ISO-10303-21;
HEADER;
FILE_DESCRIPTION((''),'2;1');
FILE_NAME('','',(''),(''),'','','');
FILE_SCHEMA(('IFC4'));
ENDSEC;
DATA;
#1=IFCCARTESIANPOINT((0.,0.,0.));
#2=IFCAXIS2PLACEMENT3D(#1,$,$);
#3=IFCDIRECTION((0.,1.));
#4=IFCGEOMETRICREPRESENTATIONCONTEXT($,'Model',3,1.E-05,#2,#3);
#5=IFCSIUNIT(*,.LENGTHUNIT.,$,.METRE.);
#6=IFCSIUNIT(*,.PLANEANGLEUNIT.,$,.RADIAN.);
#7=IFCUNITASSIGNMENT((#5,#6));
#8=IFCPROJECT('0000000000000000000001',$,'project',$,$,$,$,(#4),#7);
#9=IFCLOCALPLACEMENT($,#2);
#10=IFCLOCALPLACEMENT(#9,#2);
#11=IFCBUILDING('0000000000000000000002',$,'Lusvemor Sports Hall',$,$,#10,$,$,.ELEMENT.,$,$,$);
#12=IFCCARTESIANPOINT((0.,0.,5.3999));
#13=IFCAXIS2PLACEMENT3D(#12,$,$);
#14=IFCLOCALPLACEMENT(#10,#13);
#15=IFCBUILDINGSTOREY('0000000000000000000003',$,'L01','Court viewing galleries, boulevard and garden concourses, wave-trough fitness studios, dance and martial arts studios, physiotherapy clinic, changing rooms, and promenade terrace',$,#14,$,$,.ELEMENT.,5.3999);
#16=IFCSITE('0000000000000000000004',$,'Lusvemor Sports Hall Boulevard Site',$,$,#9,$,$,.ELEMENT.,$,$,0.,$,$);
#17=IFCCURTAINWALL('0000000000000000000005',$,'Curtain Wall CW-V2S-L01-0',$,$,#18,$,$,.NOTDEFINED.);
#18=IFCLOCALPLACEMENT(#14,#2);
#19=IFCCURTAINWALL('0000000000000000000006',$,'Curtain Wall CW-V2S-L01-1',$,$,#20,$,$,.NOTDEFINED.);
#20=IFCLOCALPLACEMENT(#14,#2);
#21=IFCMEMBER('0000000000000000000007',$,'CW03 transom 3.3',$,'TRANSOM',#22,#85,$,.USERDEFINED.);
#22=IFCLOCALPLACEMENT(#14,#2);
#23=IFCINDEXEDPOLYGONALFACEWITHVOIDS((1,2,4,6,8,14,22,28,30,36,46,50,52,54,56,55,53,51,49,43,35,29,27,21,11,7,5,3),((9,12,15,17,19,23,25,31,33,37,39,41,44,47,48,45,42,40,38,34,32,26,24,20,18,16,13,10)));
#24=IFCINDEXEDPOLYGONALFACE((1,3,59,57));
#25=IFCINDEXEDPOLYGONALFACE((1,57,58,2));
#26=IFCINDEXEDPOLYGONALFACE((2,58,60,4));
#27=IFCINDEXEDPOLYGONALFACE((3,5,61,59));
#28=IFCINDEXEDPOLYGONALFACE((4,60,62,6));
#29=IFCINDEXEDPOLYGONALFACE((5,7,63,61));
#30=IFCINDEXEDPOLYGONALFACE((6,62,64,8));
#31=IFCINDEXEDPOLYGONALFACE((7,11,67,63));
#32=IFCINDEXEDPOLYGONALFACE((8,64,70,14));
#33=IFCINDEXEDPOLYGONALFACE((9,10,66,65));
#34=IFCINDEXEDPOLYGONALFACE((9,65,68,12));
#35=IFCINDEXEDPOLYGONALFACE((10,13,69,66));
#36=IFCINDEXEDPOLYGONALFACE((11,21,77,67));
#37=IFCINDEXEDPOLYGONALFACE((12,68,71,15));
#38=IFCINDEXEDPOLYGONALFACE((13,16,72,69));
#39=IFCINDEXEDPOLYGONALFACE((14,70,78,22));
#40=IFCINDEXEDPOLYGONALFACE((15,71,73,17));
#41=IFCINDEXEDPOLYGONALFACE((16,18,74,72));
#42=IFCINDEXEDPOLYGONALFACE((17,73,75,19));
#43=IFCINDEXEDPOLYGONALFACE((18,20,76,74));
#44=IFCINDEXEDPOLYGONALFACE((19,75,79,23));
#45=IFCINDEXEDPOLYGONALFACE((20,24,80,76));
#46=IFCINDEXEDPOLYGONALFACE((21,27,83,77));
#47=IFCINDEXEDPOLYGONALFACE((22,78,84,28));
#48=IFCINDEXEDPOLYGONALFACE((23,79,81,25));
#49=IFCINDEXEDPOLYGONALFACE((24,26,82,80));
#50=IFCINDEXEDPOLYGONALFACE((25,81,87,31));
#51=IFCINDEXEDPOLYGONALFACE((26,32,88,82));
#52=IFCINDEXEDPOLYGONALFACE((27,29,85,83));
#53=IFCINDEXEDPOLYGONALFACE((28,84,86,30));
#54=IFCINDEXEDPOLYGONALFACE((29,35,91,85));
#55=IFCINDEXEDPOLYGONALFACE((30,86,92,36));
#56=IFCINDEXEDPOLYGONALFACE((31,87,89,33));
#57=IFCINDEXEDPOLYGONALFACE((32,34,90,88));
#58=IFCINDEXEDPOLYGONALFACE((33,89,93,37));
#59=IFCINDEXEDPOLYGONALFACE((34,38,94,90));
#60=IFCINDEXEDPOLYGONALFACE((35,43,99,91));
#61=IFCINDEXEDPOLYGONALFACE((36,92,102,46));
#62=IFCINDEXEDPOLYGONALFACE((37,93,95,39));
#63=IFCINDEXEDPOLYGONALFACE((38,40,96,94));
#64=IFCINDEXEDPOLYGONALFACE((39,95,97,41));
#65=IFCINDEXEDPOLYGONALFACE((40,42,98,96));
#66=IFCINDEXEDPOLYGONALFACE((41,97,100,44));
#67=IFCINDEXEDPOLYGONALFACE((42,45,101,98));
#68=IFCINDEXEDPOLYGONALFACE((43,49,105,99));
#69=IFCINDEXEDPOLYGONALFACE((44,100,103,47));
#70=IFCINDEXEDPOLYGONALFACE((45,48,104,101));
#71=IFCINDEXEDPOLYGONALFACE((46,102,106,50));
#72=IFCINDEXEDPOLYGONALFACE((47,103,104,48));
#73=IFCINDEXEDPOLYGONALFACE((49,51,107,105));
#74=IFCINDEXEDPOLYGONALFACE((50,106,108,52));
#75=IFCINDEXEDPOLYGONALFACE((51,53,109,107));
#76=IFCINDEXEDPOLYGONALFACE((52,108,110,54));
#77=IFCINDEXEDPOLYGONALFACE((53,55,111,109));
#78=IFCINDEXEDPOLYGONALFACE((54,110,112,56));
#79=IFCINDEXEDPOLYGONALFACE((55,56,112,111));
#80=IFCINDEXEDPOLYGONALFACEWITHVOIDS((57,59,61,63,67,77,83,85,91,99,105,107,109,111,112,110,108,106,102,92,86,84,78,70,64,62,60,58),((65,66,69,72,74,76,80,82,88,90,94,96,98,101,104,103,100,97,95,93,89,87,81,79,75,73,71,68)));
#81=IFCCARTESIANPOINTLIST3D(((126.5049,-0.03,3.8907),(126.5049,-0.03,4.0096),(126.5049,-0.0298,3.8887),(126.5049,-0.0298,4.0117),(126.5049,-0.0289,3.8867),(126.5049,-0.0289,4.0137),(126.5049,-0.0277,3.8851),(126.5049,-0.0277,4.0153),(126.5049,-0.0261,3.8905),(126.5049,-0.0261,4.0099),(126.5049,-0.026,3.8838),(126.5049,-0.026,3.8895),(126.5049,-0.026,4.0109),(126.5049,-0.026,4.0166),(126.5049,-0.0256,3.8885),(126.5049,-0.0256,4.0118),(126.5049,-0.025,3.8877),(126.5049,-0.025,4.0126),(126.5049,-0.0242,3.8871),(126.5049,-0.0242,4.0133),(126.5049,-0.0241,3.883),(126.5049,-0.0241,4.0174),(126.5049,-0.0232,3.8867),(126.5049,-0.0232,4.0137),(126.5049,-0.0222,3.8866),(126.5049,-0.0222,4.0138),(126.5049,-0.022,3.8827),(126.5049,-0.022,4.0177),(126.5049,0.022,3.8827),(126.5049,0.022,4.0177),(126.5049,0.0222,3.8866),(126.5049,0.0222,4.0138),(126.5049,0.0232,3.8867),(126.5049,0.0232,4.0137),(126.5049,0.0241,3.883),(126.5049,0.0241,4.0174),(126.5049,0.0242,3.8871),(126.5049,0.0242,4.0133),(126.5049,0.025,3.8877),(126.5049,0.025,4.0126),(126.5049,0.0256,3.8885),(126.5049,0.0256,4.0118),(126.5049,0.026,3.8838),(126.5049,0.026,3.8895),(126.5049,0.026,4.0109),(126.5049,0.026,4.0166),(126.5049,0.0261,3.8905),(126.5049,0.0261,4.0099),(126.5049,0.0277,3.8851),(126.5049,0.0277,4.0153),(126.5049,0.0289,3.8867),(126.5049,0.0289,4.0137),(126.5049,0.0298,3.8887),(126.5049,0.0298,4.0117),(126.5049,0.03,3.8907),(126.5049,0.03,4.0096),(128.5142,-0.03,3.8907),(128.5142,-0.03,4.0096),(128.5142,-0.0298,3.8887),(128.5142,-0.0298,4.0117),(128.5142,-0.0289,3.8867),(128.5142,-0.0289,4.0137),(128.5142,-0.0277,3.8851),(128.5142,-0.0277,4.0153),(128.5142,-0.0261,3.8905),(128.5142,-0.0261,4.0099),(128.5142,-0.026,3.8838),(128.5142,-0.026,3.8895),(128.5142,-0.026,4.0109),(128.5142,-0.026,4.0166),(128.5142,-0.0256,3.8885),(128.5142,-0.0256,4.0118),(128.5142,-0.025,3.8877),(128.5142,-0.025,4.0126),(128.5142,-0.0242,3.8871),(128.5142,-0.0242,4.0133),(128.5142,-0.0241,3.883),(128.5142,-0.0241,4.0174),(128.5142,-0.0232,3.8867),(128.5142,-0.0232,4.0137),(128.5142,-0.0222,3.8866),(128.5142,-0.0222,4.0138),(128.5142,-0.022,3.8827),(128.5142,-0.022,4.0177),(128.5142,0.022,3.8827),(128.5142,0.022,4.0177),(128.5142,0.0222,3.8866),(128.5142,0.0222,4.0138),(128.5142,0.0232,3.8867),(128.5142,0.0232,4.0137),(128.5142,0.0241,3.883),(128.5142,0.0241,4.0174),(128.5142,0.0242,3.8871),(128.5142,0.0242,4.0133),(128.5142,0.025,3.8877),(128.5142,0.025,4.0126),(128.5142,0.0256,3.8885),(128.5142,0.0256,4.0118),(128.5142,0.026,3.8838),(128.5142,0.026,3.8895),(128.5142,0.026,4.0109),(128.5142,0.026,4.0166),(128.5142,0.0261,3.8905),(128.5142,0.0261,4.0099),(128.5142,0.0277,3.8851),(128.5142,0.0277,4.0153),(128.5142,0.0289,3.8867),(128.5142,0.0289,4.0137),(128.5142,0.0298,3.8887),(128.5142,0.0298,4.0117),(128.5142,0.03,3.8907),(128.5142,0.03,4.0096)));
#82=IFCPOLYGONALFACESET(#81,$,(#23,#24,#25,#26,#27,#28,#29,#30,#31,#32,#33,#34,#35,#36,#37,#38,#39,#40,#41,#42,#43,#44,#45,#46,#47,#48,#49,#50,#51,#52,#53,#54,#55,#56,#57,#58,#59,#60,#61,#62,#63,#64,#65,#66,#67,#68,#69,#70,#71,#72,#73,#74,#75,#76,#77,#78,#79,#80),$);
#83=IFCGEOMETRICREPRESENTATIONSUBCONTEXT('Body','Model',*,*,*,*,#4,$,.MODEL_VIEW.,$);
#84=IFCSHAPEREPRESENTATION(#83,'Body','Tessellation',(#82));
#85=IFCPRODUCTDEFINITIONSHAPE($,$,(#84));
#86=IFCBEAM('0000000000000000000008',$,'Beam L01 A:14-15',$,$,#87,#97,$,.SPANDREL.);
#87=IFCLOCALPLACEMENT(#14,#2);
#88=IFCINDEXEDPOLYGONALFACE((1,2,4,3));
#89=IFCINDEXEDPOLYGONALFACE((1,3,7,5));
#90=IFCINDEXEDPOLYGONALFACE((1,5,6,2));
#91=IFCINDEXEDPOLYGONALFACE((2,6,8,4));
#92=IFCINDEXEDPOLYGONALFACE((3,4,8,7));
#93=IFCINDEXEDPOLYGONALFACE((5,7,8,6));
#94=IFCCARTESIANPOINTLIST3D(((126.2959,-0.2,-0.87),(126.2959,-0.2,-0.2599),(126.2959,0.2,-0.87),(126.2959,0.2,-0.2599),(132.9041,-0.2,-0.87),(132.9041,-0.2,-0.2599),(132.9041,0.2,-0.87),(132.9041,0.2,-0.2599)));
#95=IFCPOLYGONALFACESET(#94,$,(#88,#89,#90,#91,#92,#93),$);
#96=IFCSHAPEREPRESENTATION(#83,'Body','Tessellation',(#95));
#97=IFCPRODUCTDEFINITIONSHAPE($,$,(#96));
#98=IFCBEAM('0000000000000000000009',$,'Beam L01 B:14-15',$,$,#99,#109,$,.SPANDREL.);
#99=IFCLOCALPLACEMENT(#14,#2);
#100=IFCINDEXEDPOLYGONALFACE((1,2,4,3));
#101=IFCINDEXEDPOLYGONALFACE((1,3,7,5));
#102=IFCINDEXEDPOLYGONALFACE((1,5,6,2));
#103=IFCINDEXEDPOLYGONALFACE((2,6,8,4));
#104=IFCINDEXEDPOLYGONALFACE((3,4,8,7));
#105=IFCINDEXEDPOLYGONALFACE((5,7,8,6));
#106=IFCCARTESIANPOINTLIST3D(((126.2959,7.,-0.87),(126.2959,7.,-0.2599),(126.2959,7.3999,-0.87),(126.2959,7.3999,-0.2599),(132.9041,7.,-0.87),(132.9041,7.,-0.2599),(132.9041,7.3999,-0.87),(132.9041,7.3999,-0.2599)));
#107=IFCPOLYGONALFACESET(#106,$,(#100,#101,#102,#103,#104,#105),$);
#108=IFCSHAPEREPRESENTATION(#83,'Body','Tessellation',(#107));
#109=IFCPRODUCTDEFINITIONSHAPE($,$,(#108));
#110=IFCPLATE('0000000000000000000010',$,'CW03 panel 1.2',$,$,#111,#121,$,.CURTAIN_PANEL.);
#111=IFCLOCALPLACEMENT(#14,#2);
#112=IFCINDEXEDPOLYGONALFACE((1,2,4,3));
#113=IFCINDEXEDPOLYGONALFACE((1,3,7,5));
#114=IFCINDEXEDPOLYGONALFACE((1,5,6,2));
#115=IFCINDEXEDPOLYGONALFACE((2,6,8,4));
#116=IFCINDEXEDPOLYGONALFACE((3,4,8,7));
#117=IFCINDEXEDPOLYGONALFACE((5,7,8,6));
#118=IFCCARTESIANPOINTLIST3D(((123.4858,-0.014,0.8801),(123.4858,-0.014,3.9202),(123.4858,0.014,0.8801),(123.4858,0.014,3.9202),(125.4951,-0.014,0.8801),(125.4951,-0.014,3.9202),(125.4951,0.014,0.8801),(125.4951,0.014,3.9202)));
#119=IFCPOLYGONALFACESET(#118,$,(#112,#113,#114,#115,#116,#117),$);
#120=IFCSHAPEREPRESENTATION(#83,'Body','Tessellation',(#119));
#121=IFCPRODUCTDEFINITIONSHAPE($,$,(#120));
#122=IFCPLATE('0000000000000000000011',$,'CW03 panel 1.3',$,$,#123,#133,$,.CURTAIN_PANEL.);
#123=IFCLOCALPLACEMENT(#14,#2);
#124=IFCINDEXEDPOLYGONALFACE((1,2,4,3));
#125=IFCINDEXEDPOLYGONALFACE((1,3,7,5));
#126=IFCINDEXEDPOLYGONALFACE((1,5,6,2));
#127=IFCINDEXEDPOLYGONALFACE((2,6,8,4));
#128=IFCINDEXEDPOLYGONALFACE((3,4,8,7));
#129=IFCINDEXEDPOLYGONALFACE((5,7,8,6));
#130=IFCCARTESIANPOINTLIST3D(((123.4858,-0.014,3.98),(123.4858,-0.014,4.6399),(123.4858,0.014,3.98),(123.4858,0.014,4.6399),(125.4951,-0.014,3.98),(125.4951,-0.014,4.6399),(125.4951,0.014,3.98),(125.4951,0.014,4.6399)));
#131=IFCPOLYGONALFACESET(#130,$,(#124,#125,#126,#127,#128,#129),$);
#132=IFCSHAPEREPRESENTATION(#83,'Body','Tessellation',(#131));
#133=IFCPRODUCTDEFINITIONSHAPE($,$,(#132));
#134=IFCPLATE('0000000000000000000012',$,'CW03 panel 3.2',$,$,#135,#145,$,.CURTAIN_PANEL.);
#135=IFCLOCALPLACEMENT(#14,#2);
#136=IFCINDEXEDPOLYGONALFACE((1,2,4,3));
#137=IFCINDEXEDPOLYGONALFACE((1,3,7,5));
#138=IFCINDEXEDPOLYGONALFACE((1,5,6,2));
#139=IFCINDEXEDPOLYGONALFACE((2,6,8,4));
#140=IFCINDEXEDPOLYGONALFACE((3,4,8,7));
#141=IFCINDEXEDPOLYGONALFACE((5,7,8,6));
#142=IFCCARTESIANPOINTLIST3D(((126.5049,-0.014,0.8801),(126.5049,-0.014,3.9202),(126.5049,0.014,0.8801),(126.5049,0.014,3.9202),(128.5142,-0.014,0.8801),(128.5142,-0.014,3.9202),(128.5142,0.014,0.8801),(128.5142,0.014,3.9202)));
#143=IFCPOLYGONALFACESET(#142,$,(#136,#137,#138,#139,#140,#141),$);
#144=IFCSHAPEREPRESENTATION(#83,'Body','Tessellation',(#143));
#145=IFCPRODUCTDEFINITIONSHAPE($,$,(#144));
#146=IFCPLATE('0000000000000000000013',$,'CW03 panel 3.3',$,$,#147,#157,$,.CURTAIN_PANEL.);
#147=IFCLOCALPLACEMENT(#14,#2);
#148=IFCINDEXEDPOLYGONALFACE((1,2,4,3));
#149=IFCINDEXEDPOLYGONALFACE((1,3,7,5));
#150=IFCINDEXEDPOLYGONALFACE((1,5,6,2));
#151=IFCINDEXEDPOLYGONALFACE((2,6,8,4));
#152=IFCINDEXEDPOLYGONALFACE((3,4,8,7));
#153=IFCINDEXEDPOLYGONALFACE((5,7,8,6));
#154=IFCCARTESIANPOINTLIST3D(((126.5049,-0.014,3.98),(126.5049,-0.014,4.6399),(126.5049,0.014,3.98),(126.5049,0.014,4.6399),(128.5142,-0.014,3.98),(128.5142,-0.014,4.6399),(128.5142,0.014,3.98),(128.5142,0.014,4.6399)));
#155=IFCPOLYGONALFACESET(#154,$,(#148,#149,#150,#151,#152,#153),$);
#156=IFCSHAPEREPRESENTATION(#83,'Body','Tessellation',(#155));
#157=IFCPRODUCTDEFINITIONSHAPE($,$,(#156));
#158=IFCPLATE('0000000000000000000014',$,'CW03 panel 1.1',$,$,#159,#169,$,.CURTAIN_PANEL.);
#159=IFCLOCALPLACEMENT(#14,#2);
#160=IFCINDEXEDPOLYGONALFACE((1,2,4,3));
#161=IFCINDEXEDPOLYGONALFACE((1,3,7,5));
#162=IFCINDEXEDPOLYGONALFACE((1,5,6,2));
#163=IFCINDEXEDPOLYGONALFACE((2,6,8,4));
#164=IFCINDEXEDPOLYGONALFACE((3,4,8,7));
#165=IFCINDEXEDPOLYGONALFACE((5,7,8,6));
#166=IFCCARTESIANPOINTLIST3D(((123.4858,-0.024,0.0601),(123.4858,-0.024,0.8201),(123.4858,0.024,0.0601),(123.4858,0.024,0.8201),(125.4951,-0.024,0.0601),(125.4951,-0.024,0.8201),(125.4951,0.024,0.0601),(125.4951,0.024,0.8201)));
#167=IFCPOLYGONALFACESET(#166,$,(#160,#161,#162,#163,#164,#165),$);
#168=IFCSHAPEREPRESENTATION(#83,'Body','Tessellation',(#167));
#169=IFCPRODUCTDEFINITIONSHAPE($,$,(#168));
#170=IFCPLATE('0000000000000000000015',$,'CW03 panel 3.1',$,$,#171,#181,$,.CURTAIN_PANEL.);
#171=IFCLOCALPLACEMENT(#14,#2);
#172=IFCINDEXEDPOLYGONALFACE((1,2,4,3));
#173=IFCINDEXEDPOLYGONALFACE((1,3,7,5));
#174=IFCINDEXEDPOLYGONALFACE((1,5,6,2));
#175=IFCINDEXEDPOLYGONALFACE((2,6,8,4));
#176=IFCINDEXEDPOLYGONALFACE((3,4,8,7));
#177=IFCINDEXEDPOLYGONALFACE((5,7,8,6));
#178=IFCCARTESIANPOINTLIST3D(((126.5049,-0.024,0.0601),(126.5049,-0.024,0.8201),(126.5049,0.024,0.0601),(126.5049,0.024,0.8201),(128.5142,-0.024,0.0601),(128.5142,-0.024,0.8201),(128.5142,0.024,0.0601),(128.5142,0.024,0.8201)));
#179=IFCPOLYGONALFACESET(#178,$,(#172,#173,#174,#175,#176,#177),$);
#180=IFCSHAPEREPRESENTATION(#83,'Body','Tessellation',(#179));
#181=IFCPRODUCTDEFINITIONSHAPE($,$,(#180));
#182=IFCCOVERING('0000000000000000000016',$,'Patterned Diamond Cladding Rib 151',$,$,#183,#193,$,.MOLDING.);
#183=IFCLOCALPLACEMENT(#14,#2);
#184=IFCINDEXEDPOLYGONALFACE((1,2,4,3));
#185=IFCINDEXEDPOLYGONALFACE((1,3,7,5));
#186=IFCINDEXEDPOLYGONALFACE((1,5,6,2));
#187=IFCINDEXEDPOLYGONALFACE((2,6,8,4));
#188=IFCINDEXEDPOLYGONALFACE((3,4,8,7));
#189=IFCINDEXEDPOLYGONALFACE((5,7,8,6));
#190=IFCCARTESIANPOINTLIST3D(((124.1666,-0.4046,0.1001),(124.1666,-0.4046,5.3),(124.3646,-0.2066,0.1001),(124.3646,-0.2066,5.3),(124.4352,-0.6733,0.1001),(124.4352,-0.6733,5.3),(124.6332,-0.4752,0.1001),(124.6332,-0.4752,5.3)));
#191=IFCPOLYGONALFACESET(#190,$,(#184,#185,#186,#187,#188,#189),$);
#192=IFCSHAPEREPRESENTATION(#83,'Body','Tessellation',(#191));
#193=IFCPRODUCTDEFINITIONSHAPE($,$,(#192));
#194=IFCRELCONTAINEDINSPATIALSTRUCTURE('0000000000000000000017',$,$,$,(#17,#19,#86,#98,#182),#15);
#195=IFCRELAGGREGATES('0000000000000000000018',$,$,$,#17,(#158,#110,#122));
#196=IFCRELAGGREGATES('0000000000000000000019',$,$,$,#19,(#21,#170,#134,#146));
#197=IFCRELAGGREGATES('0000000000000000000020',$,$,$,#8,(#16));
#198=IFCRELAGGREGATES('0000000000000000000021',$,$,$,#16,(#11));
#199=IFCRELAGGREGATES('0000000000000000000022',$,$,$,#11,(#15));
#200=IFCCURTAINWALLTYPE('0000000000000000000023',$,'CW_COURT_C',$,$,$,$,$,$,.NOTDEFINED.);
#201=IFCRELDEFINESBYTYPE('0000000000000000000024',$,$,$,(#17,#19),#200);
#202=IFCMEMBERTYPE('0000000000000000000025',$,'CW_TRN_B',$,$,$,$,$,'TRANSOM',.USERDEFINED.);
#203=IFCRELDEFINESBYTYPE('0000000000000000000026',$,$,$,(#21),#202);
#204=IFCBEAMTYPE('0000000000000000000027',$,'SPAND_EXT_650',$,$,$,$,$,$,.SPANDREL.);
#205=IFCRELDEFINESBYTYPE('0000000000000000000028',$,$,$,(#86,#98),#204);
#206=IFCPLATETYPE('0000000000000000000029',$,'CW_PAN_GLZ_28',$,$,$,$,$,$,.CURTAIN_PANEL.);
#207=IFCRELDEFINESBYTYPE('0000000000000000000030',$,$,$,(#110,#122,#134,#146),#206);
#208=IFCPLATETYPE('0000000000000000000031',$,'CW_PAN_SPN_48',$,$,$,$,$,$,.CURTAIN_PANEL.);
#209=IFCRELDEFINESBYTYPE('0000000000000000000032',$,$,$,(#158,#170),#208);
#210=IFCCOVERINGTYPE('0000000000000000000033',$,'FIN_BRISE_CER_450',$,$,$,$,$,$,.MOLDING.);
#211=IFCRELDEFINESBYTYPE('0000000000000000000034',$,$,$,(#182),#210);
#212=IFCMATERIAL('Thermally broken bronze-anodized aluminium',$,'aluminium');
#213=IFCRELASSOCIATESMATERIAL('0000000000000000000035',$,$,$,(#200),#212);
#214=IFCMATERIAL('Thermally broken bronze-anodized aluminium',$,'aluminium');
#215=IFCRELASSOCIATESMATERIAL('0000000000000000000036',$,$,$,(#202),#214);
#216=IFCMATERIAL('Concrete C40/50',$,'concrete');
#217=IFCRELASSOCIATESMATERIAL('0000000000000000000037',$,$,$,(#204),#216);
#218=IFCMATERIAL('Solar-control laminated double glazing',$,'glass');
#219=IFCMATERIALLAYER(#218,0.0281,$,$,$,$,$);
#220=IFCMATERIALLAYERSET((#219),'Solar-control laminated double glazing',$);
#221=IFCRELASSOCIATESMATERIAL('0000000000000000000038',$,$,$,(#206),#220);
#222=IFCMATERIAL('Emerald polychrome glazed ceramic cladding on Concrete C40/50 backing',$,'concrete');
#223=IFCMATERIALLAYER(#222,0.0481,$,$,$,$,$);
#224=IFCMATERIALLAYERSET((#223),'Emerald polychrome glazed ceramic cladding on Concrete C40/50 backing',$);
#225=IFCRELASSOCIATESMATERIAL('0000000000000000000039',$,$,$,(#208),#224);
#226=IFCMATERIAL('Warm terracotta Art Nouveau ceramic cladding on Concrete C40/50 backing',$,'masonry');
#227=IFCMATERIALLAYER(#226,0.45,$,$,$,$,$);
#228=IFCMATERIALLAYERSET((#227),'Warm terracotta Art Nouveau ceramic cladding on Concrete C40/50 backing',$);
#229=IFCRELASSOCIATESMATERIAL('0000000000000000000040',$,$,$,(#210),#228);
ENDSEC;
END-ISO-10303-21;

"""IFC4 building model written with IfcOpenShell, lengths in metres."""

from ifc_helpers import new_model, si_unit, direction, frame, origin, origin_2d, place, context, subcontext, project, spatial, rectangle, hollow_rectangle, extrude, material, layer, layer_set, material_profile, profile_set, type_object, element, aggregate, save


model = new_model("IFC4")

# Units and contexts
model_context = context("Model", 3, precision=1e-05, world=origin(), true_north=direction((0.0, 1.0)))
body_context = subcontext(model_context, "Body", "Model", "MODEL_VIEW")
ifc_project = project(units=[si_unit("LENGTHUNIT", "METRE"), si_unit("PLANEANGLEUNIT", "RADIAN")], contexts=[model_context])

# Site, building, storey
site_placement = place(None, origin())
site = spatial("IfcSite", under=ifc_project, at=site_placement, Name="Lusvemor Sports Hall Boulevard Site", CompositionType="ELEMENT", RefElevation=0.0)
building_placement = place(site_placement, origin())
building = spatial("IfcBuilding", under=site, at=building_placement, Name="Lusvemor Sports Hall", CompositionType="ELEMENT")
storey_placement = place(building_placement, frame((0.0, 0.0, 5.3999)))
storey = spatial("IfcBuildingStorey", under=building, at=storey_placement, Name="L01", Description="Court viewing galleries, boulevard and garden concourses, wave-trough fitness studios, dance and martial arts studios, physiotherapy clinic, changing rooms, and promenade terrace", CompositionType="ELEMENT", Elevation=5.3999)

# Curtain wall
ifc_material_1 = material(Name="Thermally broken bronze-anodized aluminium", Category="aluminium")
curtain_wall_type = type_object("IfcCurtainWallType", Name="CW_COURT_C", PredefinedType="NOTDEFINED", material=ifc_material_1)
curtain_wall_1_placement = place(storey_placement, origin())
curtain_wall_1 = element("IfcCurtainWall", 1, at=curtain_wall_1_placement, inside=storey, type_object=curtain_wall_type, Name="Curtain Wall CW-V2S-L01-0", PredefinedType="NOTDEFINED")

# Curtain wall
curtain_wall_2_placement = place(storey_placement, origin())
curtain_wall_2 = element("IfcCurtainWall", 2, at=curtain_wall_2_placement, inside=storey, type_object=curtain_wall_type, Name="Curtain Wall CW-V2S-L01-1", PredefinedType="NOTDEFINED")

# Member
ifc_material_2 = material(Name="Thermally broken bronze-anodized aluminium", Category="aluminium")
ifc_material_profile_1 = material_profile(ifc_material_2, hollow_rectangle(XDim=0.0601, YDim=0.135, WallThickness=0.0039, InnerFilletRadius=0.0039, OuterFilletRadius=0.0081, at=origin_2d()), Name="CWTRN135x60x4")
ifc_profile_set_1 = profile_set([ifc_material_profile_1], Name="Thermally broken bronze-anodized aluminium")
member_type_1 = type_object("IfcMemberType", Name="CW_TRN_B", ElementType="TRANSOM", PredefinedType="USERDEFINED", material=ifc_profile_set_1)
member_1_placement = place(storey_placement, frame((128.5142, 0.0, 3.9502), z_axis=(-1.0, 0.0, 0.0), x_axis=(0.0, -1.0, 0.0)))
member_1 = element("IfcMember", 3, at=member_1_placement, type_object=member_type_1, Name="CW03 transom 3.3", ObjectType="TRANSOM", PredefinedType="USERDEFINED", context=body_context, shape_type="SweptSolid", body=[
    extrude(hollow_rectangle(XDim=0.0601, YDim=0.135, WallThickness=0.0039, InnerFilletRadius=0.0039, OuterFilletRadius=0.0081, at=origin_2d()), origin(), (0.0, 0.0, 1.0), 2.0093),
])

# Beams
ifc_material_3 = material(Name="Concrete C40/50", Category="concrete")
ifc_material_profile_2 = material_profile(ifc_material_3, rectangle(XDim=0.3999, YDim=0.6101, at=origin_2d()), Name="RC400x610")
ifc_profile_set_2 = profile_set([ifc_material_profile_2], Name="Concrete C40/50")
beam_type_1 = type_object("IfcBeamType", Name="SPAND_EXT_650", PredefinedType="SPANDREL", material=ifc_profile_set_2)
for number, where, z_axis, x_axis, name in (
    (4, (126.2959, 0.0, -0.5649), (1.0, 0.0, 0.0), (0.0, 1.0, 0.0), "Beam L01 A:14-15"),
    (5, (126.2959, 7.2, -0.5649), (1.0, 0.0, 0.0), (0.0, 1.0, 0.0), "Beam L01 B:14-15"),
):
    element("IfcBeam", number, at=place(storey_placement, frame(where, z_axis=z_axis, x_axis=x_axis)), inside=storey, type_object=beam_type_1, Name=name, PredefinedType="SPANDREL", context=body_context, shape_type="SweptSolid", body=[
        extrude(rectangle(XDim=0.3999, YDim=0.6101, at=origin_2d()), origin(), (0.0, 0.0, 1.0), 6.6082),
    ])

# Plates
ifc_material_4 = material(Name="Solar-control laminated double glazing", Category="glass")
ifc_layer_1 = layer(ifc_material_4, 0.0281)
ifc_layer_set_1 = layer_set([ifc_layer_1], Name="Solar-control laminated double glazing")
plate_type_1 = type_object("IfcPlateType", Name="CW_PAN_GLZ_28", PredefinedType="CURTAIN_PANEL", material=ifc_layer_set_1)
plate_1_placement = place(storey_placement, frame((124.4905, 0.0, 0.8801), z_axis=(0.0, 0.0, 1.0), x_axis=(-1.0, 0.0, 0.0)))
plate_1 = element("IfcPlate", 6, at=plate_1_placement, type_object=plate_type_1, Name="CW03 panel 1.2", PredefinedType="CURTAIN_PANEL", context=body_context, shape_type="SweptSolid", body=[
    extrude(rectangle(XDim=2.0093, YDim=0.0281, at=origin_2d()), origin(), (0.0, 0.0, 1.0), 3.04),
])
plate_2_placement = place(storey_placement, frame((124.4905, 0.0, 3.98), z_axis=(0.0, 0.0, 1.0), x_axis=(-1.0, 0.0, 0.0)))
plate_2 = element("IfcPlate", 7, at=plate_2_placement, type_object=plate_type_1, Name="CW03 panel 1.3", PredefinedType="CURTAIN_PANEL", context=body_context, shape_type="SweptSolid", body=[
    extrude(rectangle(XDim=2.0093, YDim=0.0281, at=origin_2d()), origin(), (0.0, 0.0, 1.0), 0.6599),
])
plate_3_placement = place(storey_placement, frame((127.5095, 0.0, 0.8801), z_axis=(0.0, 0.0, 1.0), x_axis=(-1.0, 0.0, 0.0)))
plate_3 = element("IfcPlate", 8, at=plate_3_placement, type_object=plate_type_1, Name="CW03 panel 3.2", PredefinedType="CURTAIN_PANEL", context=body_context, shape_type="SweptSolid", body=[
    extrude(rectangle(XDim=2.0093, YDim=0.0281, at=origin_2d()), origin(), (0.0, 0.0, 1.0), 3.04),
])
plate_4_placement = place(storey_placement, frame((127.5095, 0.0, 3.98), z_axis=(0.0, 0.0, 1.0), x_axis=(-1.0, 0.0, 0.0)))
plate_4 = element("IfcPlate", 9, at=plate_4_placement, type_object=plate_type_1, Name="CW03 panel 3.3", PredefinedType="CURTAIN_PANEL", context=body_context, shape_type="SweptSolid", body=[
    extrude(rectangle(XDim=2.0093, YDim=0.0281, at=origin_2d()), origin(), (0.0, 0.0, 1.0), 0.6599),
])
ifc_material_5 = material(Name="Emerald polychrome glazed ceramic cladding on Concrete C40/50 backing", Category="concrete")
ifc_layer_2 = layer(ifc_material_5, 0.0481)
ifc_layer_set_2 = layer_set([ifc_layer_2], Name="Emerald polychrome glazed ceramic cladding on Concrete C40/50 backing")
plate_type_2 = type_object("IfcPlateType", Name="CW_PAN_SPN_48", PredefinedType="CURTAIN_PANEL", material=ifc_layer_set_2)
plate_5_placement = place(storey_placement, frame((124.4905, 0.0, 0.0601), z_axis=(0.0, 0.0, 1.0), x_axis=(-1.0, 0.0, 0.0)))
plate_5 = element("IfcPlate", 10, at=plate_5_placement, type_object=plate_type_2, Name="CW03 panel 1.1", PredefinedType="CURTAIN_PANEL", context=body_context, shape_type="SweptSolid", body=[
    extrude(rectangle(XDim=2.0093, YDim=0.0481, at=origin_2d()), origin(), (0.0, 0.0, 1.0), 0.76),
])
aggregate(curtain_wall_1, [plate_5, plate_1, plate_2])
plate_6_placement = place(storey_placement, frame((127.5095, 0.0, 0.0601), z_axis=(0.0, 0.0, 1.0), x_axis=(-1.0, 0.0, 0.0)))
plate_6 = element("IfcPlate", 11, at=plate_6_placement, type_object=plate_type_2, Name="CW03 panel 3.1", PredefinedType="CURTAIN_PANEL", context=body_context, shape_type="SweptSolid", body=[
    extrude(rectangle(XDim=2.0093, YDim=0.0481, at=origin_2d()), origin(), (0.0, 0.0, 1.0), 0.76),
])
aggregate(curtain_wall_2, [member_1, plate_6, plate_3, plate_4])

# Covering
ifc_material_6 = material(Name="Warm terracotta Art Nouveau ceramic cladding on Concrete C40/50 backing", Category="masonry")
ifc_layer_3 = layer(ifc_material_6, 0.45)
ifc_layer_set_3 = layer_set([ifc_layer_3], Name="Warm terracotta Art Nouveau ceramic cladding on Concrete C40/50 backing")
covering_type = type_object("IfcCoveringType", Name="FIN_BRISE_CER_450", PredefinedType="MOLDING", material=ifc_layer_set_3)
for number, where, z_axis, x_axis, name in (
    (12, (124.3999, -0.4399, 0.1001), (0.0, 0.0, 1.0), (0.707107, 0.707107, 0.0), "Patterned Diamond Cladding Rib 151"),
):
    element("IfcCovering", number, at=place(storey_placement, frame(where, z_axis=z_axis, x_axis=x_axis)), inside=storey, type_object=covering_type, Name=name, PredefinedType="MOLDING", context=body_context, shape_type="SweptSolid", body=[
        extrude(rectangle(XDim=0.28, YDim=0.3799, at=origin_2d()), origin(), (0.0, 0.0, 1.0), 5.2),
    ])

save(model, "model.ifc")
